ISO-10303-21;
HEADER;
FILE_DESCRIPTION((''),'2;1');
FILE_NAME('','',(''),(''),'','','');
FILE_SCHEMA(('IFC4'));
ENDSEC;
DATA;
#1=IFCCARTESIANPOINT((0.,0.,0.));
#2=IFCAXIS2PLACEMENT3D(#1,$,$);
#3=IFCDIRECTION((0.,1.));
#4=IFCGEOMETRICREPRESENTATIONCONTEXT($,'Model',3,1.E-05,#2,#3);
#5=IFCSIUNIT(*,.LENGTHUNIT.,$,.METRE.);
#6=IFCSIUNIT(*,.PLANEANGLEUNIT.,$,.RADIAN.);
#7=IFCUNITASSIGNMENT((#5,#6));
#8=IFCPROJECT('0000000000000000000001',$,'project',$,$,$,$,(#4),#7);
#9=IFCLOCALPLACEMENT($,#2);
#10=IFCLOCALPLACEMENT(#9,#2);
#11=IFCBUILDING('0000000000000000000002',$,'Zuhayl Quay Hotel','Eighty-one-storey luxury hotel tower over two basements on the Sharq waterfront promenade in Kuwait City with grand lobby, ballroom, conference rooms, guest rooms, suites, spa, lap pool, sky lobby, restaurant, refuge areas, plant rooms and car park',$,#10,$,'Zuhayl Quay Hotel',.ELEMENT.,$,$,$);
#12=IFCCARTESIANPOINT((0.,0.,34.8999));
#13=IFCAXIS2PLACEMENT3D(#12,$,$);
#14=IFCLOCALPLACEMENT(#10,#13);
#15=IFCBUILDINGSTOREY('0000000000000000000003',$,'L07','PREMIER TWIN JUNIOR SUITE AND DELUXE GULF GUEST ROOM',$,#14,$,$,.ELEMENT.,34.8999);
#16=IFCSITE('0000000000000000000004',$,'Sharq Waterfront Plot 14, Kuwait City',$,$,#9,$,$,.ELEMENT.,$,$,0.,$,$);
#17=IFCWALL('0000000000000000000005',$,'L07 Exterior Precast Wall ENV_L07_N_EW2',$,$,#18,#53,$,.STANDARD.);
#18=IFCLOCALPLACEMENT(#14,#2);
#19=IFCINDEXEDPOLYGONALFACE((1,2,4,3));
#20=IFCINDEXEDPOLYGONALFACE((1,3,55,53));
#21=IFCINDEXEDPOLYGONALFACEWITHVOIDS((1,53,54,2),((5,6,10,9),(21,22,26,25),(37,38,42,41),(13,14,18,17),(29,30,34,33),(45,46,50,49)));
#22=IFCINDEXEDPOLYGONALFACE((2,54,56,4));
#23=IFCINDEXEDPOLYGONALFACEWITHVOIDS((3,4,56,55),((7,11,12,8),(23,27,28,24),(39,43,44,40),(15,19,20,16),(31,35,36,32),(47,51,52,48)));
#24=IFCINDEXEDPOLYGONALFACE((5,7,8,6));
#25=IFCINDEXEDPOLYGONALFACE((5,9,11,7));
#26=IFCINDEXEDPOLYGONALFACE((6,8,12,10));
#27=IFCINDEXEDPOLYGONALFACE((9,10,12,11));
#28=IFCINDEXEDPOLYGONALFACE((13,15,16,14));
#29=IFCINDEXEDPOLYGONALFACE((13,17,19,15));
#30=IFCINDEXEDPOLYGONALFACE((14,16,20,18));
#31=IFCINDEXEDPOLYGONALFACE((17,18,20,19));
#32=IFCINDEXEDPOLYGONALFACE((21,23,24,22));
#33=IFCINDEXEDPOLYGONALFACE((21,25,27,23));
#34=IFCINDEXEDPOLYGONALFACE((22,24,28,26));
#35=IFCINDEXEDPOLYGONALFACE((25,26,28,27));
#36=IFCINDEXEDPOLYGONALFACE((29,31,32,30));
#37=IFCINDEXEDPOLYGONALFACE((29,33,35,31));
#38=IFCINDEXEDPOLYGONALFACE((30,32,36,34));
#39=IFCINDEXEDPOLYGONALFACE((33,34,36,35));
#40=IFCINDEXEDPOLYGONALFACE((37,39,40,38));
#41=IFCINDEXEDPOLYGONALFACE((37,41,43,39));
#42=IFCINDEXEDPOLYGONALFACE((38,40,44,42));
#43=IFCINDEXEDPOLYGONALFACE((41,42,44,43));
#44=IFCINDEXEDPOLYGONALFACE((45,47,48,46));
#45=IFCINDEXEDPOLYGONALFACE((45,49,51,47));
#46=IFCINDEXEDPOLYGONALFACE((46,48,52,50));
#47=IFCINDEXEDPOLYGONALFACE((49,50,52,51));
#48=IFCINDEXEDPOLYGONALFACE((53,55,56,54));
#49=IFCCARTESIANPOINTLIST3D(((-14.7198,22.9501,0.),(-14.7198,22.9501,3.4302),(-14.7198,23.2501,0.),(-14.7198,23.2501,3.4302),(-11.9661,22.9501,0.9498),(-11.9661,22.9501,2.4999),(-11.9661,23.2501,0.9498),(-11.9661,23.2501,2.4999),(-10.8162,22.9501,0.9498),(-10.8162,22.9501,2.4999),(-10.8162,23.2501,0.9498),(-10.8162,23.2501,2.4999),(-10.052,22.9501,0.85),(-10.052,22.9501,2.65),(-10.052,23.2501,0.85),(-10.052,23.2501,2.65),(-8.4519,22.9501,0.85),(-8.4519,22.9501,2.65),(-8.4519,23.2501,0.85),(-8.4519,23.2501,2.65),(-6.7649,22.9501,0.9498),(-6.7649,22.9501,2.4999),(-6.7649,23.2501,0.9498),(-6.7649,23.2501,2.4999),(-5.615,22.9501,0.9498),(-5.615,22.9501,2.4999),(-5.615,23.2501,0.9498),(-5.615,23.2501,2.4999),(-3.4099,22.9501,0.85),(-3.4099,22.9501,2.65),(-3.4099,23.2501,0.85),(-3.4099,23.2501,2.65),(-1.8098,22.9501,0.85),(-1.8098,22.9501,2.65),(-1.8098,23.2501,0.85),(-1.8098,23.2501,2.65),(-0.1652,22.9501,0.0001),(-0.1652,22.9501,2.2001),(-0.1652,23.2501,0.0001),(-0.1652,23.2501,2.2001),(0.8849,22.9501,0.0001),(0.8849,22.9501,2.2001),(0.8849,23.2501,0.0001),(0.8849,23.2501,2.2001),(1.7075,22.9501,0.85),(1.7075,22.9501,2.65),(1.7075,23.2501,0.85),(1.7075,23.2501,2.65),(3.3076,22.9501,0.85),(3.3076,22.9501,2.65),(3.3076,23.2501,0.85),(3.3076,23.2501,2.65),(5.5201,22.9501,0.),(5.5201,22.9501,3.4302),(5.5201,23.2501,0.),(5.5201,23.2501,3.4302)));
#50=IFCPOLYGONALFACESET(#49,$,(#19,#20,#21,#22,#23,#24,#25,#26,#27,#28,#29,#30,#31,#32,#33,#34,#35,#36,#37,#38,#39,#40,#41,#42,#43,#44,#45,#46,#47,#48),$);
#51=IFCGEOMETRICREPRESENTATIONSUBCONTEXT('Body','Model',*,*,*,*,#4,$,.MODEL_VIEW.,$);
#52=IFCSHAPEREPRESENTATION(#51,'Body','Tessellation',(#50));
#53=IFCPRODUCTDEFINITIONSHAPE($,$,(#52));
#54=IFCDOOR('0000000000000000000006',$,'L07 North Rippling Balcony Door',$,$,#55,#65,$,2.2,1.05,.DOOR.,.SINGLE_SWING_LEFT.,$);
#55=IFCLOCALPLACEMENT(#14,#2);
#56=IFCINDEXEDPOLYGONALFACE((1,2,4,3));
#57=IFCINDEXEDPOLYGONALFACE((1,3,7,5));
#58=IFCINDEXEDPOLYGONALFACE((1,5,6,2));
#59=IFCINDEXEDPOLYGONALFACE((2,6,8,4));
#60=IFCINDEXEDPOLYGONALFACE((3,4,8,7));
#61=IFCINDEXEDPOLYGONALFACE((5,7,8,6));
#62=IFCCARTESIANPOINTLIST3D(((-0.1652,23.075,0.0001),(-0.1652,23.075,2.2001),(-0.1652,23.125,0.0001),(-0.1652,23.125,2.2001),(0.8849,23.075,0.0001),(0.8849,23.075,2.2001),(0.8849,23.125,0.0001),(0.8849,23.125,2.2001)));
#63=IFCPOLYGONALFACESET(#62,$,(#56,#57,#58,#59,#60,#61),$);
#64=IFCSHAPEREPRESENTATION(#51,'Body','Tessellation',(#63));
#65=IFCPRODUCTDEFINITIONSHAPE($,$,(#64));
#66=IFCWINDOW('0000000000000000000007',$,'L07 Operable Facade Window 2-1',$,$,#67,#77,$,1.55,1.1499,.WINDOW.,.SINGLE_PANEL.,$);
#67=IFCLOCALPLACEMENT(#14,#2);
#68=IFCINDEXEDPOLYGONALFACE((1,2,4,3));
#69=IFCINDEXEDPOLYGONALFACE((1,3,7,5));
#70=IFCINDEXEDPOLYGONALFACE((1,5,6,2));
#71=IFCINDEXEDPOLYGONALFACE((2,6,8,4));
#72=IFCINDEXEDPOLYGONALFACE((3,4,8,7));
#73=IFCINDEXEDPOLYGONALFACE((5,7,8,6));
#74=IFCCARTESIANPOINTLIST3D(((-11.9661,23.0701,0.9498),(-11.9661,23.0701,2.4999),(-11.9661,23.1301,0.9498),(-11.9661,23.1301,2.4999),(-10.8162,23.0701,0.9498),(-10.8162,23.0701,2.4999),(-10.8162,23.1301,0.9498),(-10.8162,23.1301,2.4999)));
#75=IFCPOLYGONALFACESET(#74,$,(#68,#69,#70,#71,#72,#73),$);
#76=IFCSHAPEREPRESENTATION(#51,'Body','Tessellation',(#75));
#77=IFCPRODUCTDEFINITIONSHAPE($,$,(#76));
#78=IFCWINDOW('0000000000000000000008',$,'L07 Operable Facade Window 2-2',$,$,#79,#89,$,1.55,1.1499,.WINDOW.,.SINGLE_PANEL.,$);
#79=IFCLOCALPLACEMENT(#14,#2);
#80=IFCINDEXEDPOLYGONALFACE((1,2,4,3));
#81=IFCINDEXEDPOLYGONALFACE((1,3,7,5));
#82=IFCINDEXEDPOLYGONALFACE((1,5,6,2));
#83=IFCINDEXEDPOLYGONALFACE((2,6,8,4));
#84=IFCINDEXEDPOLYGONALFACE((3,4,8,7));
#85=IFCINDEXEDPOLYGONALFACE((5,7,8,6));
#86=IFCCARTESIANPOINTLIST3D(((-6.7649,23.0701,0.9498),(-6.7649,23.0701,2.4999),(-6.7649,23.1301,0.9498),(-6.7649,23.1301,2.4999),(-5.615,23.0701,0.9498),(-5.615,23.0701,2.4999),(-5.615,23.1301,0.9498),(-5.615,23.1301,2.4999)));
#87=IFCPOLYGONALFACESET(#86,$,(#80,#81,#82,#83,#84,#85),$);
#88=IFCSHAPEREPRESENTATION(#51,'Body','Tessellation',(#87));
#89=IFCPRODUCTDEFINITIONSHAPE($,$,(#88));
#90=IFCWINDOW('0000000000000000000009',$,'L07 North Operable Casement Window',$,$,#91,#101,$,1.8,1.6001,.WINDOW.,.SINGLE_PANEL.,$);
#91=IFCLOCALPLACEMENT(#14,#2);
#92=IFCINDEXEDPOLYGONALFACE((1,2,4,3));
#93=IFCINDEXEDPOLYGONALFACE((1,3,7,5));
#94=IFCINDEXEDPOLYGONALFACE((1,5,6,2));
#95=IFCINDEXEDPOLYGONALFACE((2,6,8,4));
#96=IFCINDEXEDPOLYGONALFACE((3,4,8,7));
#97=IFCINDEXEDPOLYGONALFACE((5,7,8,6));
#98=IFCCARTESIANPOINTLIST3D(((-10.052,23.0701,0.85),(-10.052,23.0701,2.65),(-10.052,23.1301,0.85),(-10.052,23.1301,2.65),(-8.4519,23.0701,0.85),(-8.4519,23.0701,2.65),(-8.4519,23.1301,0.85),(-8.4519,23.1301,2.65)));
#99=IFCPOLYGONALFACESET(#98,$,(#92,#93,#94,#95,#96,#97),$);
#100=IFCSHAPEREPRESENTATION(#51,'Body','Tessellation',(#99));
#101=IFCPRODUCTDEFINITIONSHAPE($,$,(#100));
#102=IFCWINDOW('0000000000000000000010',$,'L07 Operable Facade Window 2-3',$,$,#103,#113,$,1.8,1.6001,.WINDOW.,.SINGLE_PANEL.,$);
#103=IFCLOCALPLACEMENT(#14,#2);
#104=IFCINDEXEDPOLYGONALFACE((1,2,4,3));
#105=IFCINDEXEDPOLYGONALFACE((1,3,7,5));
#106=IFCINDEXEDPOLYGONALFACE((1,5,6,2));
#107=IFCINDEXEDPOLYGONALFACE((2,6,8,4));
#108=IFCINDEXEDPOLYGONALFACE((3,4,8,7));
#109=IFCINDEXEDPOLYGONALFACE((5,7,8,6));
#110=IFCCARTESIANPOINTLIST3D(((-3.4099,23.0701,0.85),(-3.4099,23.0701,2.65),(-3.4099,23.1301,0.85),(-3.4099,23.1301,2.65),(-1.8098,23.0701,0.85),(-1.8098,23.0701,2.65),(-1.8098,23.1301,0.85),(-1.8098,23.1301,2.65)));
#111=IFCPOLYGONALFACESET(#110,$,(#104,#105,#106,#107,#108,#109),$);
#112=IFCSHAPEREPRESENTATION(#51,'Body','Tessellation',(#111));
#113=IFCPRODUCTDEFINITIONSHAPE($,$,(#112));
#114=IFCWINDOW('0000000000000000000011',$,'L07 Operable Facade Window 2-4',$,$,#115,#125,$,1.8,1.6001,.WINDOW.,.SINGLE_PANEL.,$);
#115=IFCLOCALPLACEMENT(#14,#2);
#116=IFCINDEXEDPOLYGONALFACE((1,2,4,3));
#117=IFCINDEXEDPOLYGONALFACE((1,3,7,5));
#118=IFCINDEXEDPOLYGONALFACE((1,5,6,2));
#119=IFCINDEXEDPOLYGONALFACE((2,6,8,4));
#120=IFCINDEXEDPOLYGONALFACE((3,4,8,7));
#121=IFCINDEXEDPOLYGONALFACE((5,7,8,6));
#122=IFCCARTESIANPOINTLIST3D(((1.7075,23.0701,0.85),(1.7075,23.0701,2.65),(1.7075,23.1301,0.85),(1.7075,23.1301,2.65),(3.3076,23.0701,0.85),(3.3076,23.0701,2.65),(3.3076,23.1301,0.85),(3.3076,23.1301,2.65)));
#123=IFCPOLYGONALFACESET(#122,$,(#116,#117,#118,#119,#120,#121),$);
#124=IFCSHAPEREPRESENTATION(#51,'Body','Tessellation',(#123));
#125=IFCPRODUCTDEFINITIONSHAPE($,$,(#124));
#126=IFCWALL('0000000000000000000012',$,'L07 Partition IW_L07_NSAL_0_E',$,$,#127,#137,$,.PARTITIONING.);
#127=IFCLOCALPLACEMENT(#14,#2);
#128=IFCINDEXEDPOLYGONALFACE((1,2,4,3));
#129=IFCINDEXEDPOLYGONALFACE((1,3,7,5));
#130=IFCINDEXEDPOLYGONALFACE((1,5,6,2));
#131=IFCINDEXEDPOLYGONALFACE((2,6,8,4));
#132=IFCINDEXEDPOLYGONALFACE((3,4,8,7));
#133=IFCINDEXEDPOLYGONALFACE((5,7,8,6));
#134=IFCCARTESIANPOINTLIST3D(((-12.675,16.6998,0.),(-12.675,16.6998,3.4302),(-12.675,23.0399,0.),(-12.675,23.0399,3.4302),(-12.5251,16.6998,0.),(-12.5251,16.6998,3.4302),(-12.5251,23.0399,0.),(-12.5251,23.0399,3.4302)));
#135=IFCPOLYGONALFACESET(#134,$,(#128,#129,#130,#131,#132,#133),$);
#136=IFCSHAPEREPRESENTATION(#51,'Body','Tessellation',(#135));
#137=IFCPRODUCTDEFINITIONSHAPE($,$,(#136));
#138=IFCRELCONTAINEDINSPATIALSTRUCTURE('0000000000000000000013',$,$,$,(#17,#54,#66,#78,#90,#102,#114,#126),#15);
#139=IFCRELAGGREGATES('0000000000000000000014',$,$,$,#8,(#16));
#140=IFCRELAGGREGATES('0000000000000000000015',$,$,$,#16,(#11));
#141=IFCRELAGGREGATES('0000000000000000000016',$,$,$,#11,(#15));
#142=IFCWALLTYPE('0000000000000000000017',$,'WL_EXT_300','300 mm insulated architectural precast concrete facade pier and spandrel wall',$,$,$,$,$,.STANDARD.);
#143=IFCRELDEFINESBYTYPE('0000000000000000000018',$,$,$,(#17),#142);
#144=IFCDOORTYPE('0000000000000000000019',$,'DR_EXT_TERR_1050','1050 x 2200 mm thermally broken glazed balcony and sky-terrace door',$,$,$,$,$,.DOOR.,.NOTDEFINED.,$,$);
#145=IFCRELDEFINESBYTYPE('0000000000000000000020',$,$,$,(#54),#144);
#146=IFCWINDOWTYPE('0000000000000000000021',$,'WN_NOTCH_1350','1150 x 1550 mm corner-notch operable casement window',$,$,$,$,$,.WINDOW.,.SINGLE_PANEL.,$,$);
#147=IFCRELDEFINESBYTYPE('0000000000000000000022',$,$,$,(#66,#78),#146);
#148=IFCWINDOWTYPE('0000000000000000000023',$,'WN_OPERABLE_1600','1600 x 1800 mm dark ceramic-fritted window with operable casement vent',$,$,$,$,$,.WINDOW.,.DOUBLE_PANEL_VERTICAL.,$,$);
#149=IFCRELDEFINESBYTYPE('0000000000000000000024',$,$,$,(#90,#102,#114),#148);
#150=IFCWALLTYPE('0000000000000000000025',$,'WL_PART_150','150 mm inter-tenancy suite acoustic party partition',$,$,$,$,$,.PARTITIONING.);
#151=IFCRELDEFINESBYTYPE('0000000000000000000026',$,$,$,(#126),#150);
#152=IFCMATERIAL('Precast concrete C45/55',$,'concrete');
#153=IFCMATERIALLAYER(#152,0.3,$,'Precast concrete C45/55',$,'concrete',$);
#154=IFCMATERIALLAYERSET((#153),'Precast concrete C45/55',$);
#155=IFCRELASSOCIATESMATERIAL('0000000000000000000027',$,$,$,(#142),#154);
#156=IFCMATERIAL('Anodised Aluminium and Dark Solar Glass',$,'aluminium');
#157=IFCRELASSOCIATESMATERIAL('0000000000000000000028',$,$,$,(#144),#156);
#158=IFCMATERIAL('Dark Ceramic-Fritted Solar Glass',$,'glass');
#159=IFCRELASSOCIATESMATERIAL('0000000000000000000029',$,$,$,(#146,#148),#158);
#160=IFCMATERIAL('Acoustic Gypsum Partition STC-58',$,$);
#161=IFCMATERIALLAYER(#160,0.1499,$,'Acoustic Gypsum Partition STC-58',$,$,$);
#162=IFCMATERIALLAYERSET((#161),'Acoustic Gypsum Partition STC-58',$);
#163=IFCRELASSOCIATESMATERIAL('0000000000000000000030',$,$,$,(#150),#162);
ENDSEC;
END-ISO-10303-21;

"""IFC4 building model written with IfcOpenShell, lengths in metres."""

from ifc_helpers import new_model, si_unit, direction, frame, frame_2d, origin, place, context, subcontext, project, spatial, rectangle, extrude, material, layer, layer_set, type_object, element, fill, save


model = new_model("IFC4")

# Units and contexts
model_context = context("Model", 3, precision=1e-05, world=origin(), true_north=direction((0.0, 1.0)))
body_context = subcontext(model_context, "Body", "Model", "MODEL_VIEW")
ifc_project = project(units=[si_unit("LENGTHUNIT", "METRE"), si_unit("PLANEANGLEUNIT", "RADIAN")], contexts=[model_context])

# Site, building, storey
site_placement = place(None, origin())
site = spatial("IfcSite", under=ifc_project, at=site_placement, Name="Sharq Waterfront Plot 14, Kuwait City", CompositionType="ELEMENT", RefElevation=0.0)
building_placement = place(site_placement, origin())
building = spatial("IfcBuilding", under=site, at=building_placement, Name="Zuhayl Quay Hotel", Description="Eighty-one-storey luxury hotel tower over two basements on the Sharq waterfront promenade in Kuwait City with grand lobby, ballroom, conference rooms, guest rooms, suites, spa, lap pool, sky lobby, restaurant, refuge areas, plant rooms and car park", LongName="Zuhayl Quay Hotel", CompositionType="ELEMENT")
storey_placement = place(building_placement, frame((0.0, 0.0, 34.8999)))
storey = spatial("IfcBuildingStorey", under=building, at=storey_placement, Name="L07", Description="PREMIER TWIN JUNIOR SUITE AND DELUXE GULF GUEST ROOM", CompositionType="ELEMENT", Elevation=34.8999)

# Wall, openings, door, windows
ifc_material_1 = material(Name="Precast concrete C45/55", Category="concrete")
ifc_layer_1 = layer(ifc_material_1, 0.3, Name="Precast concrete C45/55", Category="concrete")
ifc_layer_set_1 = layer_set([ifc_layer_1], Name="Precast concrete C45/55")
wall_type_1 = type_object("IfcWallType", Name="WL_EXT_300", Description="300 mm insulated architectural precast concrete facade pier and spandrel wall", PredefinedType="STANDARD", material=ifc_layer_set_1)
wall_1_placement = place(storey_placement, frame((-14.72, 23.1001, 0.0), z_axis=(0.0, 0.0, 1.0), x_axis=(1.0, 0.0, 0.0)))
wall_1 = element("IfcWall", 1, at=wall_1_placement, inside=storey, type_object=wall_type_1, Name="L07 Exterior Precast Wall ENV_L07_N_EW2", PredefinedType="STANDARD", context=body_context, shape_type="SweptSolid", body=[
    extrude(rectangle(XDim=20.24, YDim=0.3, at=frame_2d((10.1201, 0.0))), origin(), (0.0, 0.0, 1.0), 3.4302),
])
opening_1_placement = place(wall_1_placement, frame((14.5549, 0.0, 0.0)))
opening_1 = element("IfcOpeningElement", 2, at=opening_1_placement, cuts=wall_1, PredefinedType="OPENING", context=body_context, shape_type="SweptSolid", body=[
    extrude(rectangle(XDim=1.05, YDim=2.2, at=frame_2d((0.5249, 1.1001))), frame((0.0, 0.1599, 0.0), z_axis=(0.0, -1.0, 0.0), x_axis=(1.0, 0.0, 0.0)), (0.0, 0.0, 1.0), 0.3201),
])
opening_2_placement = place(wall_1_placement, frame((4.668, 0.0, 0.8501)))
opening_2 = element("IfcOpeningElement", 3, at=opening_2_placement, cuts=wall_1, PredefinedType="OPENING", context=body_context, shape_type="SweptSolid", body=[
    extrude(rectangle(XDim=1.6001, YDim=1.8, at=frame_2d((0.8, 0.8999))), frame((0.0, 0.1599, 0.0), z_axis=(0.0, -1.0, 0.0), x_axis=(1.0, 0.0, 0.0)), (0.0, 0.0, 1.0), 0.3201),
])
opening_3_placement = place(wall_1_placement, frame((2.7539, 0.0, 0.95)))
opening_3 = element("IfcOpeningElement", 4, at=opening_3_placement, cuts=wall_1, PredefinedType="OPENING", context=body_context, shape_type="SweptSolid", body=[
    extrude(rectangle(XDim=1.1499, YDim=1.55, at=frame_2d((0.575, 0.7749))), frame((0.0, 0.1599, 0.0), z_axis=(0.0, -1.0, 0.0), x_axis=(1.0, 0.0, 0.0)), (0.0, 0.0, 1.0), 0.3201),
])
opening_4_placement = place(wall_1_placement, frame((7.9551, 0.0, 0.95)))
opening_4 = element("IfcOpeningElement", 5, at=opening_4_placement, cuts=wall_1, PredefinedType="OPENING", context=body_context, shape_type="SweptSolid", body=[
    extrude(rectangle(XDim=1.1499, YDim=1.55, at=frame_2d((0.575, 0.7749))), frame((0.0, 0.1599, 0.0), z_axis=(0.0, -1.0, 0.0), x_axis=(1.0, 0.0, 0.0)), (0.0, 0.0, 1.0), 0.3201),
])
opening_5_placement = place(wall_1_placement, frame((11.3101, 0.0, 0.8501)))
opening_5 = element("IfcOpeningElement", 6, at=opening_5_placement, cuts=wall_1, PredefinedType="OPENING", context=body_context, shape_type="SweptSolid", body=[
    extrude(rectangle(XDim=1.6001, YDim=1.8, at=frame_2d((0.8, 0.8999))), frame((0.0, 0.1599, 0.0), z_axis=(0.0, -1.0, 0.0), x_axis=(1.0, 0.0, 0.0)), (0.0, 0.0, 1.0), 0.3201),
])
opening_6_placement = place(wall_1_placement, frame((16.4275, 0.0, 0.8501)))
opening_6 = element("IfcOpeningElement", 7, at=opening_6_placement, cuts=wall_1, PredefinedType="OPENING", context=body_context, shape_type="SweptSolid", body=[
    extrude(rectangle(XDim=1.6001, YDim=1.8, at=frame_2d((0.8, 0.8999))), frame((0.0, 0.1599, 0.0), z_axis=(0.0, -1.0, 0.0), x_axis=(1.0, 0.0, 0.0)), (0.0, 0.0, 1.0), 0.3201),
])
ifc_material_2 = material(Name="Anodised Aluminium and Dark Solar Glass", Category="aluminium")
door_type_1 = type_object("IfcDoorType", Name="DR_EXT_TERR_1050", Description="1050 x 2200 mm thermally broken glazed balcony and sky-terrace door", OperationType="NOTDEFINED", PredefinedType="DOOR", material=ifc_material_2)
door_1_placement = place(opening_1_placement, origin())
door_1 = element("IfcDoor", 8, at=door_1_placement, inside=storey, type_object=door_type_1, Name="L07 North Rippling Balcony Door", OperationType="SINGLE_SWING_LEFT", OverallHeight=2.2, OverallWidth=1.05, PredefinedType="DOOR", context=body_context, shape_type="SweptSolid", body=[
    extrude(rectangle(XDim=1.05, YDim=2.2, at=frame_2d((0.5249, 1.1001))), frame((0.0, 0.0249, 0.0), z_axis=(0.0, -1.0, 0.0), x_axis=(1.0, 0.0, 0.0)), (0.0, 0.0, 1.0), 0.05),
])
fill(opening_1, door_1)
ifc_material_3 = material(Name="Dark Ceramic-Fritted Solar Glass", Category="glass")
window_type_1 = type_object("IfcWindowType", Name="WN_NOTCH_1350", Description="1150 x 1550 mm corner-notch operable casement window", PartitioningType="SINGLE_PANEL", PredefinedType="WINDOW", material=ifc_material_3)
window_1_placement = place(opening_3_placement, origin())
window_1 = element("IfcWindow", 9, at=window_1_placement, inside=storey, type_object=window_type_1, Name="L07 Operable Facade Window 2-1", OverallHeight=1.55, OverallWidth=1.1499, PartitioningType="SINGLE_PANEL", PredefinedType="WINDOW", context=body_context, shape_type="SweptSolid", body=[
    extrude(rectangle(XDim=1.1499, YDim=1.55, at=frame_2d((0.575, 0.7749))), frame((0.0, 0.03, 0.0), z_axis=(0.0, -1.0, 0.0), x_axis=(1.0, 0.0, 0.0)), (0.0, 0.0, 1.0), 0.0601),
])
fill(opening_3, window_1)
window_2_placement = place(opening_4_placement, origin())
window_2 = element("IfcWindow", 10, at=window_2_placement, inside=storey, type_object=window_type_1, Name="L07 Operable Facade Window 2-2", OverallHeight=1.55, OverallWidth=1.1499, PartitioningType="SINGLE_PANEL", PredefinedType="WINDOW", context=body_context, shape_type="SweptSolid", body=[
    extrude(rectangle(XDim=1.1499, YDim=1.55, at=frame_2d((0.575, 0.7749))), frame((0.0, 0.03, 0.0), z_axis=(0.0, -1.0, 0.0), x_axis=(1.0, 0.0, 0.0)), (0.0, 0.0, 1.0), 0.0601),
])
fill(opening_4, window_2)
window_type_2 = type_object("IfcWindowType", Name="WN_OPERABLE_1600", Description="1600 x 1800 mm dark ceramic-fritted window with operable casement vent", PartitioningType="DOUBLE_PANEL_VERTICAL", PredefinedType="WINDOW", material=ifc_material_3)
window_3_placement = place(opening_2_placement, origin())
window_3 = element("IfcWindow", 11, at=window_3_placement, inside=storey, type_object=window_type_2, Name="L07 North Operable Casement Window", OverallHeight=1.8, OverallWidth=1.6001, PartitioningType="SINGLE_PANEL", PredefinedType="WINDOW", context=body_context, shape_type="SweptSolid", body=[
    extrude(rectangle(XDim=1.6001, YDim=1.8, at=frame_2d((0.8, 0.8999))), frame((0.0, 0.03, 0.0), z_axis=(0.0, -1.0, 0.0), x_axis=(1.0, 0.0, 0.0)), (0.0, 0.0, 1.0), 0.0601),
])
fill(opening_2, window_3)
window_4_placement = place(opening_5_placement, origin())
window_4 = element("IfcWindow", 12, at=window_4_placement, inside=storey, type_object=window_type_2, Name="L07 Operable Facade Window 2-3", OverallHeight=1.8, OverallWidth=1.6001, PartitioningType="SINGLE_PANEL", PredefinedType="WINDOW", context=body_context, shape_type="SweptSolid", body=[
    extrude(rectangle(XDim=1.6001, YDim=1.8, at=frame_2d((0.8, 0.8999))), frame((0.0, 0.03, 0.0), z_axis=(0.0, -1.0, 0.0), x_axis=(1.0, 0.0, 0.0)), (0.0, 0.0, 1.0), 0.0601),
])
fill(opening_5, window_4)
window_5_placement = place(opening_6_placement, origin())
window_5 = element("IfcWindow", 13, at=window_5_placement, inside=storey, type_object=window_type_2, Name="L07 Operable Facade Window 2-4", OverallHeight=1.8, OverallWidth=1.6001, PartitioningType="SINGLE_PANEL", PredefinedType="WINDOW", context=body_context, shape_type="SweptSolid", body=[
    extrude(rectangle(XDim=1.6001, YDim=1.8, at=frame_2d((0.8, 0.8999))), frame((0.0, 0.03, 0.0), z_axis=(0.0, -1.0, 0.0), x_axis=(1.0, 0.0, 0.0)), (0.0, 0.0, 1.0), 0.0601),
])
fill(opening_6, window_5)

# Wall
ifc_material_4 = material(Name="Acoustic Gypsum Partition STC-58")
ifc_layer_2 = layer(ifc_material_4, 0.1499, Name="Acoustic Gypsum Partition STC-58")
ifc_layer_set_2 = layer_set([ifc_layer_2], Name="Acoustic Gypsum Partition STC-58")
wall_type_2 = type_object("IfcWallType", Name="WL_PART_150", Description="150 mm inter-tenancy suite acoustic party partition", PredefinedType="PARTITIONING", material=ifc_layer_set_2)
wall_2_placement = place(storey_placement, frame((-12.6001, 16.7, 0.0), z_axis=(0.0, 0.0, 1.0), x_axis=(0.0, 1.0, 0.0)))
element("IfcWall", 14, at=wall_2_placement, inside=storey, type_object=wall_type_2, Name="L07 Partition IW_L07_NSAL_0_E", PredefinedType="PARTITIONING", context=body_context, shape_type="SweptSolid", body=[
    extrude(rectangle(XDim=6.3401, YDim=0.1499, at=frame_2d((3.1699, 0.0))), origin(), (0.0, 0.0, 1.0), 3.4302),
])

save(model, "model.ifc")
